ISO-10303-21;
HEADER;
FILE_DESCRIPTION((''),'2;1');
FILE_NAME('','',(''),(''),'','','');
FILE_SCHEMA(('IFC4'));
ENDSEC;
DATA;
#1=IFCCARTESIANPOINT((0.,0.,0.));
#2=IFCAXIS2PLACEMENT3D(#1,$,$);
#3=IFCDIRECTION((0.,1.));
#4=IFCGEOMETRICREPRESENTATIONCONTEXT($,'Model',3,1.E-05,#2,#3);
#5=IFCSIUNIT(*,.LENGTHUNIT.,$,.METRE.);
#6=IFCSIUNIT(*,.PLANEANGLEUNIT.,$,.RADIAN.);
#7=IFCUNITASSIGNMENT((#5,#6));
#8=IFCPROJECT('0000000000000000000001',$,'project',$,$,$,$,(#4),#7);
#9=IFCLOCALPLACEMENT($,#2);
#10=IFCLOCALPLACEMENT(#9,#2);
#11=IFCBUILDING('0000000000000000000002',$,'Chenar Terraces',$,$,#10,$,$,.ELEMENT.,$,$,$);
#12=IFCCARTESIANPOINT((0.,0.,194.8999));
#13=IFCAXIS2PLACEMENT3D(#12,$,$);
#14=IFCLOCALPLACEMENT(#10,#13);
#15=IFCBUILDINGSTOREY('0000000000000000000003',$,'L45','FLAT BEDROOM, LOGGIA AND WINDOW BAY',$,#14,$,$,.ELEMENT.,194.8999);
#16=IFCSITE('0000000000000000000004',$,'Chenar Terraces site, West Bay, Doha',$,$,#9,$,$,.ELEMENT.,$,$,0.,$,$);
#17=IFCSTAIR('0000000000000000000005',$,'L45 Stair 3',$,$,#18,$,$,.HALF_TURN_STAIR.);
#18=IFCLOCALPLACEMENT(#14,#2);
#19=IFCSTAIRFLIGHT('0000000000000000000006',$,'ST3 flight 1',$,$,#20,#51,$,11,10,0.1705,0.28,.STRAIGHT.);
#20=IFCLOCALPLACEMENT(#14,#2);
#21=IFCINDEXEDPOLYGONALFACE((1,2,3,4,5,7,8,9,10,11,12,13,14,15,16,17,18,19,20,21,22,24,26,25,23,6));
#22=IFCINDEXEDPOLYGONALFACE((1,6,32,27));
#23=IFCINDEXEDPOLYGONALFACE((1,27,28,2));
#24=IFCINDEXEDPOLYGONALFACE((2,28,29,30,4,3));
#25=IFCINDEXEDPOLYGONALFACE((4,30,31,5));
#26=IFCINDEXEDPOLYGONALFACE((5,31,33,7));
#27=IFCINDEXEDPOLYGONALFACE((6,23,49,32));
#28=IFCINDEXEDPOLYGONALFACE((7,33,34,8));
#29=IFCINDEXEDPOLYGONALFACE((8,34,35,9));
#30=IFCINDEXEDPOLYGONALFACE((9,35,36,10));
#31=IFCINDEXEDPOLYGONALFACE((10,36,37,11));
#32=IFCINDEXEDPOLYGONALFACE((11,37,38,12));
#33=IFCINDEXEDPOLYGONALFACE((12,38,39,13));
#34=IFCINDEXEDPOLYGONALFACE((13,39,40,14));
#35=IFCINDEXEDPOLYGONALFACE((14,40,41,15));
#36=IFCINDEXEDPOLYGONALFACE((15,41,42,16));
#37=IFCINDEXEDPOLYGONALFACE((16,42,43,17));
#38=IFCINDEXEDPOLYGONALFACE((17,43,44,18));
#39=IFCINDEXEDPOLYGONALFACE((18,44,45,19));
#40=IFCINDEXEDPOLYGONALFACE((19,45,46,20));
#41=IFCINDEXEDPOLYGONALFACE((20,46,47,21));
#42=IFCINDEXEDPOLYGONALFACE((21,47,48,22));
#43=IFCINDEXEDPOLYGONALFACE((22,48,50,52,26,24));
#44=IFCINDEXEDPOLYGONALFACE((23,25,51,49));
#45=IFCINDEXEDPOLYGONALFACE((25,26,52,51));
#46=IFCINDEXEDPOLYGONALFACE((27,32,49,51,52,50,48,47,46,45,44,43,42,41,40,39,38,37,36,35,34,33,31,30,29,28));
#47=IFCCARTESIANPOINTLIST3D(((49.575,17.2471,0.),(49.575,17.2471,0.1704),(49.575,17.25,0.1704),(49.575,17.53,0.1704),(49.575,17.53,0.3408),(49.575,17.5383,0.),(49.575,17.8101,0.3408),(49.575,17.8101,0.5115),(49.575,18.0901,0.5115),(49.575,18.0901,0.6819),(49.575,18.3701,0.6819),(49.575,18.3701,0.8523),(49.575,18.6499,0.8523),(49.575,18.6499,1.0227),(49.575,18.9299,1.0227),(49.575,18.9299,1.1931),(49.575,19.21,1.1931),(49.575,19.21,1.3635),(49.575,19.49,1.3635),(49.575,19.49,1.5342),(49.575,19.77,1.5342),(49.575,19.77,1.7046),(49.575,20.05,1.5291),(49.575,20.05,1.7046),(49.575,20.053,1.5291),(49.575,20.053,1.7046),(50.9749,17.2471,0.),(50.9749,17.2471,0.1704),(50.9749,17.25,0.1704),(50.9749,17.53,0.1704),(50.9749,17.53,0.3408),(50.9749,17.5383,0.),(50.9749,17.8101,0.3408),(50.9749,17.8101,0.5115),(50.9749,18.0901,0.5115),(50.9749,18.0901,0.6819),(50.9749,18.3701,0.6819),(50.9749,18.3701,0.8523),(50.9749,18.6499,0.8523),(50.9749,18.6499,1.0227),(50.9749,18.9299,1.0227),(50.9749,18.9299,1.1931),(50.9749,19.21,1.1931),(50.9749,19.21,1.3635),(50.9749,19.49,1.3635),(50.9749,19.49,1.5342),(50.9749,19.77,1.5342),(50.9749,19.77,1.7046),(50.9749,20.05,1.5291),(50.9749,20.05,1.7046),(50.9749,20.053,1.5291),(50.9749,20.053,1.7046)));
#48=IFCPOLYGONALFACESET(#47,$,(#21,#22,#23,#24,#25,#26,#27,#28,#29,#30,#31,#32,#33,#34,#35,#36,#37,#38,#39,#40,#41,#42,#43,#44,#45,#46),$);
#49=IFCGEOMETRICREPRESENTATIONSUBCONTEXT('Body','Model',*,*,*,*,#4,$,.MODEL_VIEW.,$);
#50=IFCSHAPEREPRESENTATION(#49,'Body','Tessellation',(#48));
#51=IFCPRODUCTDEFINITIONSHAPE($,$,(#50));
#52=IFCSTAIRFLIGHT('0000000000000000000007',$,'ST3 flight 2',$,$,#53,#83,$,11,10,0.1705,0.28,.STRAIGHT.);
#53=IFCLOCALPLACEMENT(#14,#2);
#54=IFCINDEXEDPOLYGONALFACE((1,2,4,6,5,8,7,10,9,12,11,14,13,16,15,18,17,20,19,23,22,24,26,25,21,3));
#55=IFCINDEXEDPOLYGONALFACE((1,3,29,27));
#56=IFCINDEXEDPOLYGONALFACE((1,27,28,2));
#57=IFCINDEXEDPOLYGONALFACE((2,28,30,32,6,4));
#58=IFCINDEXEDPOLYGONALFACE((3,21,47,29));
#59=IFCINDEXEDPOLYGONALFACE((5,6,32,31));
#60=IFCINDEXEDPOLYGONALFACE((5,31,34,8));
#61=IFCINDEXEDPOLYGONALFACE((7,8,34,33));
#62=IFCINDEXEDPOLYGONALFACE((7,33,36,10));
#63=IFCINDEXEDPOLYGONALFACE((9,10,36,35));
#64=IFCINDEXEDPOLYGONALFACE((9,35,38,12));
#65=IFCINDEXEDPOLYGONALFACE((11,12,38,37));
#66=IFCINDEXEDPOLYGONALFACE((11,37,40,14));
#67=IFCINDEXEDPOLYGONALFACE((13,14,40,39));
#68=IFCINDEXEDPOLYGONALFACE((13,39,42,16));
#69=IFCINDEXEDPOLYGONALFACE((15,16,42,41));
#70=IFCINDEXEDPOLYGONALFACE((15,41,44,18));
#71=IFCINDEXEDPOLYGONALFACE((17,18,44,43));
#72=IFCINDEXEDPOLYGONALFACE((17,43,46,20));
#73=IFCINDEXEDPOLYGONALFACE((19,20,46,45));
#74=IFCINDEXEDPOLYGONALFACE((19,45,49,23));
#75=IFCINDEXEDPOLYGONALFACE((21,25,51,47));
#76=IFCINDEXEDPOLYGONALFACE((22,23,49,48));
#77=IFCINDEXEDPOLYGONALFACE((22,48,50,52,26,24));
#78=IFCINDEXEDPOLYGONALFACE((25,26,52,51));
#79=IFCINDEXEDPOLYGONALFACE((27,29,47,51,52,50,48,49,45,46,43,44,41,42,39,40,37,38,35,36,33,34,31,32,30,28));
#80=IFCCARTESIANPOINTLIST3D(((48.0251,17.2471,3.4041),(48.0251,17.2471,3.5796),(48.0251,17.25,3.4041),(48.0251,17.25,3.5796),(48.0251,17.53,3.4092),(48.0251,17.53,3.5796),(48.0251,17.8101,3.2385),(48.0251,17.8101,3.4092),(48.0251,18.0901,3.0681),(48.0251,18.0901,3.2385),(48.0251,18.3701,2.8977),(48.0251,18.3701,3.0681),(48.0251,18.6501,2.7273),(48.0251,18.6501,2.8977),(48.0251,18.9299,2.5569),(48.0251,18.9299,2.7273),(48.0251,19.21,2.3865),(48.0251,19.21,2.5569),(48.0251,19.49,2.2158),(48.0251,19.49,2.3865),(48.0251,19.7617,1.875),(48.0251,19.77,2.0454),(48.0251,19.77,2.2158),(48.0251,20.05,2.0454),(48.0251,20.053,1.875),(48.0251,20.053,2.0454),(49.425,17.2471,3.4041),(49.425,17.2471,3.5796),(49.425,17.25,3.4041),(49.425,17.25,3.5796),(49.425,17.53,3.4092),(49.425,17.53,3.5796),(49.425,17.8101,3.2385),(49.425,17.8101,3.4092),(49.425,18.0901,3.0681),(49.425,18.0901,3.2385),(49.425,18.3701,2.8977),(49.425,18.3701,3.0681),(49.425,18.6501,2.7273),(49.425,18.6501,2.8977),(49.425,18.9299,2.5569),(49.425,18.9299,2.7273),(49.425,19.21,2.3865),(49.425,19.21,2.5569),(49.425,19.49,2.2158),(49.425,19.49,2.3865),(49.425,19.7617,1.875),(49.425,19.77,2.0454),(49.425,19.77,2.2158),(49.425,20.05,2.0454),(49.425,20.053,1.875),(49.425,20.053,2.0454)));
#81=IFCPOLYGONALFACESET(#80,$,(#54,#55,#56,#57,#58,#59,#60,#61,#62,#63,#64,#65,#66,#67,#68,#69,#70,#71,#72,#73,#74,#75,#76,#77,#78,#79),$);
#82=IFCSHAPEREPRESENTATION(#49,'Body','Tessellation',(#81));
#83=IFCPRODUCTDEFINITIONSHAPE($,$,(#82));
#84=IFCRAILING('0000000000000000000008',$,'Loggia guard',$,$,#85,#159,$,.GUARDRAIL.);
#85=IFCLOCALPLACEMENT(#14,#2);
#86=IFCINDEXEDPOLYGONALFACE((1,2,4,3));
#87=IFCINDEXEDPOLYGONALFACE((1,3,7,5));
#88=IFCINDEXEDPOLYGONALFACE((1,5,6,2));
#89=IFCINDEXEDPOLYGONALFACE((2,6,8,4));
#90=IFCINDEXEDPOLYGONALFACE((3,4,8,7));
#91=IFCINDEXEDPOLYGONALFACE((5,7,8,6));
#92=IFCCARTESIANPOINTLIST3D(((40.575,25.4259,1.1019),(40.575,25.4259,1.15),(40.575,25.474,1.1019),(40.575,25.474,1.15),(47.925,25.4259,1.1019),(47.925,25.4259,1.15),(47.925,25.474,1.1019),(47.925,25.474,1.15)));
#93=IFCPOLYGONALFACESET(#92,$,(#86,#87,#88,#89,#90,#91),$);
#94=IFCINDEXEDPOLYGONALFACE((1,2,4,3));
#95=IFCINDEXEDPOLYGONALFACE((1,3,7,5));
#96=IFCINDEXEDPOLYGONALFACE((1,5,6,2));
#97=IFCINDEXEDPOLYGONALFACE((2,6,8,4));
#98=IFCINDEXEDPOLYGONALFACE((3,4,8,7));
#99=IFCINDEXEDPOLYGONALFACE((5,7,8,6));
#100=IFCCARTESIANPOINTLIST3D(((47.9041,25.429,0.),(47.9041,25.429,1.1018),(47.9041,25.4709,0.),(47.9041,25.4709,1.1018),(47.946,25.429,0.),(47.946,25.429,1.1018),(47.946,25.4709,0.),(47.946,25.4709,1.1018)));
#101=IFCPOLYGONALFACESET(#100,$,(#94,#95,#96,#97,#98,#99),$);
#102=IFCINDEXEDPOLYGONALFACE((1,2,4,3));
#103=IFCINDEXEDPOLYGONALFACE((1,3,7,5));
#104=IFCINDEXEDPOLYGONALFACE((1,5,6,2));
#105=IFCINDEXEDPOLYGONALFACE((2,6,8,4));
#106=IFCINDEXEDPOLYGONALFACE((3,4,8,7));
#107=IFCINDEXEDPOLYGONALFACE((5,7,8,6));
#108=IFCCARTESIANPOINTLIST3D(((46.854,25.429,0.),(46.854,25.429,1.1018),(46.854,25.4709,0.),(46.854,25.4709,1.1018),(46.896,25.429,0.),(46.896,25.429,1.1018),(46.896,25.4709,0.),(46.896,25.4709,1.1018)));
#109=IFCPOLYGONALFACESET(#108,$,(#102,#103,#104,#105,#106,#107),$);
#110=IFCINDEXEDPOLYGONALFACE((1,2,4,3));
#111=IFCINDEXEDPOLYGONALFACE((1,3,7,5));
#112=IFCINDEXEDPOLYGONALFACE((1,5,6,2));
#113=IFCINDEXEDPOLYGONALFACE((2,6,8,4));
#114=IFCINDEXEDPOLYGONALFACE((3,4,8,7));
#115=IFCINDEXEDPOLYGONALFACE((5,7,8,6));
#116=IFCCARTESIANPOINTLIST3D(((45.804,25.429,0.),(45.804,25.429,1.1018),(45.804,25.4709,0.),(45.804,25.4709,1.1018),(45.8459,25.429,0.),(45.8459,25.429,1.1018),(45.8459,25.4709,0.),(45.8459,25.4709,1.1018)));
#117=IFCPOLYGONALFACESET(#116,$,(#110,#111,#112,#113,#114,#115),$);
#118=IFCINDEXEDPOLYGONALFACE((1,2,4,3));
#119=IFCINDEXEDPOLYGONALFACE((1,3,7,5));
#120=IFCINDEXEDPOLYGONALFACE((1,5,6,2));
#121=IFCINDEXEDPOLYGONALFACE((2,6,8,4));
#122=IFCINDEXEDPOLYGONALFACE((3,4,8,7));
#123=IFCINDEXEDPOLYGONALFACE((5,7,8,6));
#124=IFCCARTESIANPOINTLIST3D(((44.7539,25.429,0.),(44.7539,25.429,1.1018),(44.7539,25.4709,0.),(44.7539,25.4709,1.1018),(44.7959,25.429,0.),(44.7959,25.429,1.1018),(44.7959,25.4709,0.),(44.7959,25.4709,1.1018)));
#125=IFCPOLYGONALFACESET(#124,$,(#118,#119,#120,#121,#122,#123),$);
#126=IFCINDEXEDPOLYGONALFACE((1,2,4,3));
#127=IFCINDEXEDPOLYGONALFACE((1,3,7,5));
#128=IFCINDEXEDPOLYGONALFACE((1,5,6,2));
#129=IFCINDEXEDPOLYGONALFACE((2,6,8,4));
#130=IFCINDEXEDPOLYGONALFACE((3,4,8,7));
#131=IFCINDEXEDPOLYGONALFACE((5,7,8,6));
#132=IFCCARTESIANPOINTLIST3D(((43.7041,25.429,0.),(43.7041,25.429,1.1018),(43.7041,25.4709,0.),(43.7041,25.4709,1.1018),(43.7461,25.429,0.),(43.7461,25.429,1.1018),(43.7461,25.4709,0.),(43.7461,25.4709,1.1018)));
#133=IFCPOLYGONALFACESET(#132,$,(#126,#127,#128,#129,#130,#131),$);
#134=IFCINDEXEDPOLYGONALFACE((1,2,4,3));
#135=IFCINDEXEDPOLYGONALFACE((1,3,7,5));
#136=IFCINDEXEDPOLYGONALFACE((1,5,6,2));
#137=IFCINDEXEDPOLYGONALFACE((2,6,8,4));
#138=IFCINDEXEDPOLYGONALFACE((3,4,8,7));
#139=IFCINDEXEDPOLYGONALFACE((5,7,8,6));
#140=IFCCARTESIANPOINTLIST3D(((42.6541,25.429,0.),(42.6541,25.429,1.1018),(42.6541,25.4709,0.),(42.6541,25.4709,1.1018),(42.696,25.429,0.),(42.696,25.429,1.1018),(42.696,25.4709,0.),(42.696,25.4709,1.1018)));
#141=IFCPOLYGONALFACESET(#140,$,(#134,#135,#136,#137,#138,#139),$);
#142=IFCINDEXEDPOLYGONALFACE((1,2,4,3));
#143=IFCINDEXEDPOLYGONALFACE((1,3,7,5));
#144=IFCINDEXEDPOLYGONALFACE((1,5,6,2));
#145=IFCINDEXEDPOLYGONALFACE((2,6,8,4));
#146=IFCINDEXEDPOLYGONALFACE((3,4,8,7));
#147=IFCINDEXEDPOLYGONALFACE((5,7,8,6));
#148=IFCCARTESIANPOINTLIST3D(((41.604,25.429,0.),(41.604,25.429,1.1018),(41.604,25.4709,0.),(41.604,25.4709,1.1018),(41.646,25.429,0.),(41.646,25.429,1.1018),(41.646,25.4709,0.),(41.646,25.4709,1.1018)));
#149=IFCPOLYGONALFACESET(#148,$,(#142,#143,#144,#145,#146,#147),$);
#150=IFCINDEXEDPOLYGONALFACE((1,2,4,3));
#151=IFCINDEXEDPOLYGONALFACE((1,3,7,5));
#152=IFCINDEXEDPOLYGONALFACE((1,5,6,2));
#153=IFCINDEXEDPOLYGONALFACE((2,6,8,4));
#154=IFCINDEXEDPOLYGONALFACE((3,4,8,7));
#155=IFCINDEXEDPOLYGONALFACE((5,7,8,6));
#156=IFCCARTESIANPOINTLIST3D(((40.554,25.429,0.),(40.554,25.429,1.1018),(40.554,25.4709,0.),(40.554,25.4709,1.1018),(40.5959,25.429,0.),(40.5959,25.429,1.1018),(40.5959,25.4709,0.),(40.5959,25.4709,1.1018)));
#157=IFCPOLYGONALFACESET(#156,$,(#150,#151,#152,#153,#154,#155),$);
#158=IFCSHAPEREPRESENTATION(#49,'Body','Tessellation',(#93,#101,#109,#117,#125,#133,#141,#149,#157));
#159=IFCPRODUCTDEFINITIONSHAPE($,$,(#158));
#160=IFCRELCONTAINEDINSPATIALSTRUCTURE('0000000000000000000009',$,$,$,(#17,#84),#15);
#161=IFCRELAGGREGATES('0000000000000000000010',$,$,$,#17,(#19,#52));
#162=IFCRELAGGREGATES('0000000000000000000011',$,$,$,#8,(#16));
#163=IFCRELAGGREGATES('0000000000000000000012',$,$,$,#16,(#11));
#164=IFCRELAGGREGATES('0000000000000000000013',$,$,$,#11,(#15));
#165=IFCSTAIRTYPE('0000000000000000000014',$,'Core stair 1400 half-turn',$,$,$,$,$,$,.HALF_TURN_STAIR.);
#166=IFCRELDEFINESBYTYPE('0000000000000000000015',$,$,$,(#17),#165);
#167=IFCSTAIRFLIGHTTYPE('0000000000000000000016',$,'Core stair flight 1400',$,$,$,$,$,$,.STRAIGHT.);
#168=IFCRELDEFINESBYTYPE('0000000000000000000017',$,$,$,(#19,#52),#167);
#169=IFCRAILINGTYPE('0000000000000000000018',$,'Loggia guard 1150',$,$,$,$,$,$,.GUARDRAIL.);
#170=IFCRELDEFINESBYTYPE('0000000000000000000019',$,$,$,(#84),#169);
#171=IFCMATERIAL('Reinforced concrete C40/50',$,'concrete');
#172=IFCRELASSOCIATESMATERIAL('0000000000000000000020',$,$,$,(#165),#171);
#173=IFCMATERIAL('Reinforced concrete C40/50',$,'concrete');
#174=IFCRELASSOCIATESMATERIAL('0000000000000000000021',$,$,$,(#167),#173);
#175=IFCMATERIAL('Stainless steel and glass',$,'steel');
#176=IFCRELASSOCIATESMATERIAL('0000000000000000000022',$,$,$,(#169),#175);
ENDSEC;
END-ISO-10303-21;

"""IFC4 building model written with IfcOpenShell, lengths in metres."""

from ifc_helpers import new_model, si_unit, direction, frame, origin, origin_2d, place, context, subcontext, project, spatial, polyline, rectangle, outline, extrude, material, type_object, element, aggregate, save


model = new_model("IFC4")

# Units and contexts
model_context = context("Model", 3, precision=1e-05, world=origin(), true_north=direction((0.0, 1.0)))
body_context = subcontext(model_context, "Body", "Model", "MODEL_VIEW")
ifc_project = project(units=[si_unit("LENGTHUNIT", "METRE"), si_unit("PLANEANGLEUNIT", "RADIAN")], contexts=[model_context])

# Site, building, storey
site_placement = place(None, origin())
site = spatial("IfcSite", under=ifc_project, at=site_placement, Name="Chenar Terraces site, West Bay, Doha", CompositionType="ELEMENT", RefElevation=0.0)
building_placement = place(site_placement, origin())
building = spatial("IfcBuilding", under=site, at=building_placement, Name="Chenar Terraces", CompositionType="ELEMENT")
storey_placement = place(building_placement, frame((0.0, 0.0, 194.8999)))
storey = spatial("IfcBuildingStorey", under=building, at=storey_placement, Name="L45", Description="FLAT BEDROOM, LOGGIA AND WINDOW BAY", CompositionType="ELEMENT", Elevation=194.8999)

# Stair, stair flights
ifc_material_1 = material(Name="Reinforced concrete C40/50", Category="concrete")
stair_type = type_object("IfcStairType", Name="Core stair 1400 half-turn", PredefinedType="HALF_TURN_STAIR", material=ifc_material_1)
stair_placement = place(storey_placement, origin())
stair = element("IfcStair", 1, at=stair_placement, inside=storey, type_object=stair_type, Name="L45 Stair 3", PredefinedType="HALF_TURN_STAIR")
ifc_material_2 = material(Name="Reinforced concrete C40/50", Category="concrete")
stair_flight_type = type_object("IfcStairFlightType", Name="Core stair flight 1400", PredefinedType="STRAIGHT", material=ifc_material_2)
stair_flight_1_placement = place(storey_placement, frame((50.2749, 17.25, 0.0), z_axis=(0.0, 0.0, 1.0), x_axis=(0.0, 1.0, 0.0)))
stair_flight_1 = element("IfcStairFlight", 2, at=stair_flight_1_placement, type_object=stair_flight_type, Name="ST3 flight 1", NumberOfRisers=11, NumberOfTreads=10, PredefinedType="STRAIGHT", RiserHeight=0.1705, TreadLength=0.28, context=body_context, shape_type="SweptSolid", body=[
    extrude(outline(polyline([(-0.0029, 0.0), (-0.0029, 0.1704), (0.0, 0.1704), (0.28, 0.1704), (0.28, 0.3408), (0.5601, 0.3408), (0.5601, 0.5115), (0.8401, 0.5115), (0.8401, 0.6819), (1.1201, 0.6819), (1.1201, 0.8523), (1.3999, 0.8523), (1.3999, 1.0227), (1.6799, 1.0227), (1.6799, 1.1931), (1.96, 1.1931), (1.96, 1.3635), (2.24, 1.3635), (2.24, 1.5342), (2.52, 1.5342), (2.52, 1.7046), (2.8, 1.7046), (2.803, 1.7046), (2.803, 1.5291), (2.8, 1.5291), (0.2883, 0.0), (-0.0029, 0.0)])), frame((0.0, 0.7, 0.0), z_axis=(0.0, -1.0, 0.0), x_axis=(1.0, 0.0, 0.0)), (0.0, 0.0, 1.0), 1.3999),
])
stair_flight_2_placement = place(storey_placement, frame((48.7251, 20.05, 1.875), z_axis=(0.0, 0.0, 1.0), x_axis=(0.0, -1.0, 0.0)))
stair_flight_2 = element("IfcStairFlight", 3, at=stair_flight_2_placement, type_object=stair_flight_type, Name="ST3 flight 2", NumberOfRisers=11, NumberOfTreads=10, PredefinedType="STRAIGHT", RiserHeight=0.1705, TreadLength=0.28, context=body_context, shape_type="SweptSolid", body=[
    extrude(outline(polyline([(-0.0029, 0.0), (-0.0029, 0.1704), (0.0, 0.1704), (0.28, 0.1704), (0.28, 0.3408), (0.5601, 0.3408), (0.5601, 0.5115), (0.8401, 0.5115), (0.8401, 0.6819), (1.1201, 0.6819), (1.1201, 0.8523), (1.3999, 0.8523), (1.3999, 1.0227), (1.6799, 1.0227), (1.6799, 1.1931), (1.96, 1.1931), (1.96, 1.3635), (2.24, 1.3635), (2.24, 1.5342), (2.52, 1.5342), (2.52, 1.7046), (2.8, 1.7046), (2.803, 1.7046), (2.803, 1.5291), (2.8, 1.5291), (0.2883, 0.0), (-0.0029, 0.0)])), frame((0.0, 0.7, 0.0), z_axis=(0.0, -1.0, 0.0), x_axis=(1.0, 0.0, 0.0)), (0.0, 0.0, 1.0), 1.3999),
])
aggregate(stair, [stair_flight_1, stair_flight_2])

# Railing
ifc_material_3 = material(Name="Stainless steel and glass", Category="steel")
railing_type_1 = type_object("IfcRailingType", Name="Loggia guard 1150", PredefinedType="GUARDRAIL", material=ifc_material_3)
railing_1_placement = place(storey_placement, frame((47.925, 25.45, 0.0)))
element("IfcRailing", 4, at=railing_1_placement, inside=storey, type_object=railing_type_1, Name="Loggia guard", PredefinedType="GUARDRAIL", context=body_context, shape_type="SweptSolid", body=[
    extrude(rectangle(XDim=0.0481, YDim=0.0481, at=origin_2d()), frame((0.0, 0.0, 1.126), z_axis=(-1.0, 0.0, 0.0), x_axis=(0.0, -1.0, 0.0)), (0.0, 0.0, 1.0), 7.3501),
    extrude(rectangle(XDim=0.042, YDim=0.042, at=origin_2d()), origin(), (0.0, 0.0, 1.0), 1.1018),
    extrude(rectangle(XDim=0.042, YDim=0.042, at=origin_2d()), frame((-1.05, 0.0, 0.0)), (0.0, 0.0, 1.0), 1.1018),
    extrude(rectangle(XDim=0.042, YDim=0.042, at=origin_2d()), frame((-2.1001, 0.0, 0.0)), (0.0, 0.0, 1.0), 1.1018),
    extrude(rectangle(XDim=0.042, YDim=0.042, at=origin_2d()), frame((-3.1501, 0.0, 0.0)), (0.0, 0.0, 1.0), 1.1018),
    extrude(rectangle(XDim=0.042, YDim=0.042, at=origin_2d()), frame((-4.2, 0.0, 0.0)), (0.0, 0.0, 1.0), 1.1018),
    extrude(rectangle(XDim=0.042, YDim=0.042, at=origin_2d()), frame((-5.25, 0.0, 0.0)), (0.0, 0.0, 1.0), 1.1018),
    extrude(rectangle(XDim=0.042, YDim=0.042, at=origin_2d()), frame((-6.3, 0.0, 0.0)), (0.0, 0.0, 1.0), 1.1018),
    extrude(rectangle(XDim=0.042, YDim=0.042, at=origin_2d()), frame((-7.3501, 0.0, 0.0)), (0.0, 0.0, 1.0), 1.1018),
])

save(model, "model.ifc")
